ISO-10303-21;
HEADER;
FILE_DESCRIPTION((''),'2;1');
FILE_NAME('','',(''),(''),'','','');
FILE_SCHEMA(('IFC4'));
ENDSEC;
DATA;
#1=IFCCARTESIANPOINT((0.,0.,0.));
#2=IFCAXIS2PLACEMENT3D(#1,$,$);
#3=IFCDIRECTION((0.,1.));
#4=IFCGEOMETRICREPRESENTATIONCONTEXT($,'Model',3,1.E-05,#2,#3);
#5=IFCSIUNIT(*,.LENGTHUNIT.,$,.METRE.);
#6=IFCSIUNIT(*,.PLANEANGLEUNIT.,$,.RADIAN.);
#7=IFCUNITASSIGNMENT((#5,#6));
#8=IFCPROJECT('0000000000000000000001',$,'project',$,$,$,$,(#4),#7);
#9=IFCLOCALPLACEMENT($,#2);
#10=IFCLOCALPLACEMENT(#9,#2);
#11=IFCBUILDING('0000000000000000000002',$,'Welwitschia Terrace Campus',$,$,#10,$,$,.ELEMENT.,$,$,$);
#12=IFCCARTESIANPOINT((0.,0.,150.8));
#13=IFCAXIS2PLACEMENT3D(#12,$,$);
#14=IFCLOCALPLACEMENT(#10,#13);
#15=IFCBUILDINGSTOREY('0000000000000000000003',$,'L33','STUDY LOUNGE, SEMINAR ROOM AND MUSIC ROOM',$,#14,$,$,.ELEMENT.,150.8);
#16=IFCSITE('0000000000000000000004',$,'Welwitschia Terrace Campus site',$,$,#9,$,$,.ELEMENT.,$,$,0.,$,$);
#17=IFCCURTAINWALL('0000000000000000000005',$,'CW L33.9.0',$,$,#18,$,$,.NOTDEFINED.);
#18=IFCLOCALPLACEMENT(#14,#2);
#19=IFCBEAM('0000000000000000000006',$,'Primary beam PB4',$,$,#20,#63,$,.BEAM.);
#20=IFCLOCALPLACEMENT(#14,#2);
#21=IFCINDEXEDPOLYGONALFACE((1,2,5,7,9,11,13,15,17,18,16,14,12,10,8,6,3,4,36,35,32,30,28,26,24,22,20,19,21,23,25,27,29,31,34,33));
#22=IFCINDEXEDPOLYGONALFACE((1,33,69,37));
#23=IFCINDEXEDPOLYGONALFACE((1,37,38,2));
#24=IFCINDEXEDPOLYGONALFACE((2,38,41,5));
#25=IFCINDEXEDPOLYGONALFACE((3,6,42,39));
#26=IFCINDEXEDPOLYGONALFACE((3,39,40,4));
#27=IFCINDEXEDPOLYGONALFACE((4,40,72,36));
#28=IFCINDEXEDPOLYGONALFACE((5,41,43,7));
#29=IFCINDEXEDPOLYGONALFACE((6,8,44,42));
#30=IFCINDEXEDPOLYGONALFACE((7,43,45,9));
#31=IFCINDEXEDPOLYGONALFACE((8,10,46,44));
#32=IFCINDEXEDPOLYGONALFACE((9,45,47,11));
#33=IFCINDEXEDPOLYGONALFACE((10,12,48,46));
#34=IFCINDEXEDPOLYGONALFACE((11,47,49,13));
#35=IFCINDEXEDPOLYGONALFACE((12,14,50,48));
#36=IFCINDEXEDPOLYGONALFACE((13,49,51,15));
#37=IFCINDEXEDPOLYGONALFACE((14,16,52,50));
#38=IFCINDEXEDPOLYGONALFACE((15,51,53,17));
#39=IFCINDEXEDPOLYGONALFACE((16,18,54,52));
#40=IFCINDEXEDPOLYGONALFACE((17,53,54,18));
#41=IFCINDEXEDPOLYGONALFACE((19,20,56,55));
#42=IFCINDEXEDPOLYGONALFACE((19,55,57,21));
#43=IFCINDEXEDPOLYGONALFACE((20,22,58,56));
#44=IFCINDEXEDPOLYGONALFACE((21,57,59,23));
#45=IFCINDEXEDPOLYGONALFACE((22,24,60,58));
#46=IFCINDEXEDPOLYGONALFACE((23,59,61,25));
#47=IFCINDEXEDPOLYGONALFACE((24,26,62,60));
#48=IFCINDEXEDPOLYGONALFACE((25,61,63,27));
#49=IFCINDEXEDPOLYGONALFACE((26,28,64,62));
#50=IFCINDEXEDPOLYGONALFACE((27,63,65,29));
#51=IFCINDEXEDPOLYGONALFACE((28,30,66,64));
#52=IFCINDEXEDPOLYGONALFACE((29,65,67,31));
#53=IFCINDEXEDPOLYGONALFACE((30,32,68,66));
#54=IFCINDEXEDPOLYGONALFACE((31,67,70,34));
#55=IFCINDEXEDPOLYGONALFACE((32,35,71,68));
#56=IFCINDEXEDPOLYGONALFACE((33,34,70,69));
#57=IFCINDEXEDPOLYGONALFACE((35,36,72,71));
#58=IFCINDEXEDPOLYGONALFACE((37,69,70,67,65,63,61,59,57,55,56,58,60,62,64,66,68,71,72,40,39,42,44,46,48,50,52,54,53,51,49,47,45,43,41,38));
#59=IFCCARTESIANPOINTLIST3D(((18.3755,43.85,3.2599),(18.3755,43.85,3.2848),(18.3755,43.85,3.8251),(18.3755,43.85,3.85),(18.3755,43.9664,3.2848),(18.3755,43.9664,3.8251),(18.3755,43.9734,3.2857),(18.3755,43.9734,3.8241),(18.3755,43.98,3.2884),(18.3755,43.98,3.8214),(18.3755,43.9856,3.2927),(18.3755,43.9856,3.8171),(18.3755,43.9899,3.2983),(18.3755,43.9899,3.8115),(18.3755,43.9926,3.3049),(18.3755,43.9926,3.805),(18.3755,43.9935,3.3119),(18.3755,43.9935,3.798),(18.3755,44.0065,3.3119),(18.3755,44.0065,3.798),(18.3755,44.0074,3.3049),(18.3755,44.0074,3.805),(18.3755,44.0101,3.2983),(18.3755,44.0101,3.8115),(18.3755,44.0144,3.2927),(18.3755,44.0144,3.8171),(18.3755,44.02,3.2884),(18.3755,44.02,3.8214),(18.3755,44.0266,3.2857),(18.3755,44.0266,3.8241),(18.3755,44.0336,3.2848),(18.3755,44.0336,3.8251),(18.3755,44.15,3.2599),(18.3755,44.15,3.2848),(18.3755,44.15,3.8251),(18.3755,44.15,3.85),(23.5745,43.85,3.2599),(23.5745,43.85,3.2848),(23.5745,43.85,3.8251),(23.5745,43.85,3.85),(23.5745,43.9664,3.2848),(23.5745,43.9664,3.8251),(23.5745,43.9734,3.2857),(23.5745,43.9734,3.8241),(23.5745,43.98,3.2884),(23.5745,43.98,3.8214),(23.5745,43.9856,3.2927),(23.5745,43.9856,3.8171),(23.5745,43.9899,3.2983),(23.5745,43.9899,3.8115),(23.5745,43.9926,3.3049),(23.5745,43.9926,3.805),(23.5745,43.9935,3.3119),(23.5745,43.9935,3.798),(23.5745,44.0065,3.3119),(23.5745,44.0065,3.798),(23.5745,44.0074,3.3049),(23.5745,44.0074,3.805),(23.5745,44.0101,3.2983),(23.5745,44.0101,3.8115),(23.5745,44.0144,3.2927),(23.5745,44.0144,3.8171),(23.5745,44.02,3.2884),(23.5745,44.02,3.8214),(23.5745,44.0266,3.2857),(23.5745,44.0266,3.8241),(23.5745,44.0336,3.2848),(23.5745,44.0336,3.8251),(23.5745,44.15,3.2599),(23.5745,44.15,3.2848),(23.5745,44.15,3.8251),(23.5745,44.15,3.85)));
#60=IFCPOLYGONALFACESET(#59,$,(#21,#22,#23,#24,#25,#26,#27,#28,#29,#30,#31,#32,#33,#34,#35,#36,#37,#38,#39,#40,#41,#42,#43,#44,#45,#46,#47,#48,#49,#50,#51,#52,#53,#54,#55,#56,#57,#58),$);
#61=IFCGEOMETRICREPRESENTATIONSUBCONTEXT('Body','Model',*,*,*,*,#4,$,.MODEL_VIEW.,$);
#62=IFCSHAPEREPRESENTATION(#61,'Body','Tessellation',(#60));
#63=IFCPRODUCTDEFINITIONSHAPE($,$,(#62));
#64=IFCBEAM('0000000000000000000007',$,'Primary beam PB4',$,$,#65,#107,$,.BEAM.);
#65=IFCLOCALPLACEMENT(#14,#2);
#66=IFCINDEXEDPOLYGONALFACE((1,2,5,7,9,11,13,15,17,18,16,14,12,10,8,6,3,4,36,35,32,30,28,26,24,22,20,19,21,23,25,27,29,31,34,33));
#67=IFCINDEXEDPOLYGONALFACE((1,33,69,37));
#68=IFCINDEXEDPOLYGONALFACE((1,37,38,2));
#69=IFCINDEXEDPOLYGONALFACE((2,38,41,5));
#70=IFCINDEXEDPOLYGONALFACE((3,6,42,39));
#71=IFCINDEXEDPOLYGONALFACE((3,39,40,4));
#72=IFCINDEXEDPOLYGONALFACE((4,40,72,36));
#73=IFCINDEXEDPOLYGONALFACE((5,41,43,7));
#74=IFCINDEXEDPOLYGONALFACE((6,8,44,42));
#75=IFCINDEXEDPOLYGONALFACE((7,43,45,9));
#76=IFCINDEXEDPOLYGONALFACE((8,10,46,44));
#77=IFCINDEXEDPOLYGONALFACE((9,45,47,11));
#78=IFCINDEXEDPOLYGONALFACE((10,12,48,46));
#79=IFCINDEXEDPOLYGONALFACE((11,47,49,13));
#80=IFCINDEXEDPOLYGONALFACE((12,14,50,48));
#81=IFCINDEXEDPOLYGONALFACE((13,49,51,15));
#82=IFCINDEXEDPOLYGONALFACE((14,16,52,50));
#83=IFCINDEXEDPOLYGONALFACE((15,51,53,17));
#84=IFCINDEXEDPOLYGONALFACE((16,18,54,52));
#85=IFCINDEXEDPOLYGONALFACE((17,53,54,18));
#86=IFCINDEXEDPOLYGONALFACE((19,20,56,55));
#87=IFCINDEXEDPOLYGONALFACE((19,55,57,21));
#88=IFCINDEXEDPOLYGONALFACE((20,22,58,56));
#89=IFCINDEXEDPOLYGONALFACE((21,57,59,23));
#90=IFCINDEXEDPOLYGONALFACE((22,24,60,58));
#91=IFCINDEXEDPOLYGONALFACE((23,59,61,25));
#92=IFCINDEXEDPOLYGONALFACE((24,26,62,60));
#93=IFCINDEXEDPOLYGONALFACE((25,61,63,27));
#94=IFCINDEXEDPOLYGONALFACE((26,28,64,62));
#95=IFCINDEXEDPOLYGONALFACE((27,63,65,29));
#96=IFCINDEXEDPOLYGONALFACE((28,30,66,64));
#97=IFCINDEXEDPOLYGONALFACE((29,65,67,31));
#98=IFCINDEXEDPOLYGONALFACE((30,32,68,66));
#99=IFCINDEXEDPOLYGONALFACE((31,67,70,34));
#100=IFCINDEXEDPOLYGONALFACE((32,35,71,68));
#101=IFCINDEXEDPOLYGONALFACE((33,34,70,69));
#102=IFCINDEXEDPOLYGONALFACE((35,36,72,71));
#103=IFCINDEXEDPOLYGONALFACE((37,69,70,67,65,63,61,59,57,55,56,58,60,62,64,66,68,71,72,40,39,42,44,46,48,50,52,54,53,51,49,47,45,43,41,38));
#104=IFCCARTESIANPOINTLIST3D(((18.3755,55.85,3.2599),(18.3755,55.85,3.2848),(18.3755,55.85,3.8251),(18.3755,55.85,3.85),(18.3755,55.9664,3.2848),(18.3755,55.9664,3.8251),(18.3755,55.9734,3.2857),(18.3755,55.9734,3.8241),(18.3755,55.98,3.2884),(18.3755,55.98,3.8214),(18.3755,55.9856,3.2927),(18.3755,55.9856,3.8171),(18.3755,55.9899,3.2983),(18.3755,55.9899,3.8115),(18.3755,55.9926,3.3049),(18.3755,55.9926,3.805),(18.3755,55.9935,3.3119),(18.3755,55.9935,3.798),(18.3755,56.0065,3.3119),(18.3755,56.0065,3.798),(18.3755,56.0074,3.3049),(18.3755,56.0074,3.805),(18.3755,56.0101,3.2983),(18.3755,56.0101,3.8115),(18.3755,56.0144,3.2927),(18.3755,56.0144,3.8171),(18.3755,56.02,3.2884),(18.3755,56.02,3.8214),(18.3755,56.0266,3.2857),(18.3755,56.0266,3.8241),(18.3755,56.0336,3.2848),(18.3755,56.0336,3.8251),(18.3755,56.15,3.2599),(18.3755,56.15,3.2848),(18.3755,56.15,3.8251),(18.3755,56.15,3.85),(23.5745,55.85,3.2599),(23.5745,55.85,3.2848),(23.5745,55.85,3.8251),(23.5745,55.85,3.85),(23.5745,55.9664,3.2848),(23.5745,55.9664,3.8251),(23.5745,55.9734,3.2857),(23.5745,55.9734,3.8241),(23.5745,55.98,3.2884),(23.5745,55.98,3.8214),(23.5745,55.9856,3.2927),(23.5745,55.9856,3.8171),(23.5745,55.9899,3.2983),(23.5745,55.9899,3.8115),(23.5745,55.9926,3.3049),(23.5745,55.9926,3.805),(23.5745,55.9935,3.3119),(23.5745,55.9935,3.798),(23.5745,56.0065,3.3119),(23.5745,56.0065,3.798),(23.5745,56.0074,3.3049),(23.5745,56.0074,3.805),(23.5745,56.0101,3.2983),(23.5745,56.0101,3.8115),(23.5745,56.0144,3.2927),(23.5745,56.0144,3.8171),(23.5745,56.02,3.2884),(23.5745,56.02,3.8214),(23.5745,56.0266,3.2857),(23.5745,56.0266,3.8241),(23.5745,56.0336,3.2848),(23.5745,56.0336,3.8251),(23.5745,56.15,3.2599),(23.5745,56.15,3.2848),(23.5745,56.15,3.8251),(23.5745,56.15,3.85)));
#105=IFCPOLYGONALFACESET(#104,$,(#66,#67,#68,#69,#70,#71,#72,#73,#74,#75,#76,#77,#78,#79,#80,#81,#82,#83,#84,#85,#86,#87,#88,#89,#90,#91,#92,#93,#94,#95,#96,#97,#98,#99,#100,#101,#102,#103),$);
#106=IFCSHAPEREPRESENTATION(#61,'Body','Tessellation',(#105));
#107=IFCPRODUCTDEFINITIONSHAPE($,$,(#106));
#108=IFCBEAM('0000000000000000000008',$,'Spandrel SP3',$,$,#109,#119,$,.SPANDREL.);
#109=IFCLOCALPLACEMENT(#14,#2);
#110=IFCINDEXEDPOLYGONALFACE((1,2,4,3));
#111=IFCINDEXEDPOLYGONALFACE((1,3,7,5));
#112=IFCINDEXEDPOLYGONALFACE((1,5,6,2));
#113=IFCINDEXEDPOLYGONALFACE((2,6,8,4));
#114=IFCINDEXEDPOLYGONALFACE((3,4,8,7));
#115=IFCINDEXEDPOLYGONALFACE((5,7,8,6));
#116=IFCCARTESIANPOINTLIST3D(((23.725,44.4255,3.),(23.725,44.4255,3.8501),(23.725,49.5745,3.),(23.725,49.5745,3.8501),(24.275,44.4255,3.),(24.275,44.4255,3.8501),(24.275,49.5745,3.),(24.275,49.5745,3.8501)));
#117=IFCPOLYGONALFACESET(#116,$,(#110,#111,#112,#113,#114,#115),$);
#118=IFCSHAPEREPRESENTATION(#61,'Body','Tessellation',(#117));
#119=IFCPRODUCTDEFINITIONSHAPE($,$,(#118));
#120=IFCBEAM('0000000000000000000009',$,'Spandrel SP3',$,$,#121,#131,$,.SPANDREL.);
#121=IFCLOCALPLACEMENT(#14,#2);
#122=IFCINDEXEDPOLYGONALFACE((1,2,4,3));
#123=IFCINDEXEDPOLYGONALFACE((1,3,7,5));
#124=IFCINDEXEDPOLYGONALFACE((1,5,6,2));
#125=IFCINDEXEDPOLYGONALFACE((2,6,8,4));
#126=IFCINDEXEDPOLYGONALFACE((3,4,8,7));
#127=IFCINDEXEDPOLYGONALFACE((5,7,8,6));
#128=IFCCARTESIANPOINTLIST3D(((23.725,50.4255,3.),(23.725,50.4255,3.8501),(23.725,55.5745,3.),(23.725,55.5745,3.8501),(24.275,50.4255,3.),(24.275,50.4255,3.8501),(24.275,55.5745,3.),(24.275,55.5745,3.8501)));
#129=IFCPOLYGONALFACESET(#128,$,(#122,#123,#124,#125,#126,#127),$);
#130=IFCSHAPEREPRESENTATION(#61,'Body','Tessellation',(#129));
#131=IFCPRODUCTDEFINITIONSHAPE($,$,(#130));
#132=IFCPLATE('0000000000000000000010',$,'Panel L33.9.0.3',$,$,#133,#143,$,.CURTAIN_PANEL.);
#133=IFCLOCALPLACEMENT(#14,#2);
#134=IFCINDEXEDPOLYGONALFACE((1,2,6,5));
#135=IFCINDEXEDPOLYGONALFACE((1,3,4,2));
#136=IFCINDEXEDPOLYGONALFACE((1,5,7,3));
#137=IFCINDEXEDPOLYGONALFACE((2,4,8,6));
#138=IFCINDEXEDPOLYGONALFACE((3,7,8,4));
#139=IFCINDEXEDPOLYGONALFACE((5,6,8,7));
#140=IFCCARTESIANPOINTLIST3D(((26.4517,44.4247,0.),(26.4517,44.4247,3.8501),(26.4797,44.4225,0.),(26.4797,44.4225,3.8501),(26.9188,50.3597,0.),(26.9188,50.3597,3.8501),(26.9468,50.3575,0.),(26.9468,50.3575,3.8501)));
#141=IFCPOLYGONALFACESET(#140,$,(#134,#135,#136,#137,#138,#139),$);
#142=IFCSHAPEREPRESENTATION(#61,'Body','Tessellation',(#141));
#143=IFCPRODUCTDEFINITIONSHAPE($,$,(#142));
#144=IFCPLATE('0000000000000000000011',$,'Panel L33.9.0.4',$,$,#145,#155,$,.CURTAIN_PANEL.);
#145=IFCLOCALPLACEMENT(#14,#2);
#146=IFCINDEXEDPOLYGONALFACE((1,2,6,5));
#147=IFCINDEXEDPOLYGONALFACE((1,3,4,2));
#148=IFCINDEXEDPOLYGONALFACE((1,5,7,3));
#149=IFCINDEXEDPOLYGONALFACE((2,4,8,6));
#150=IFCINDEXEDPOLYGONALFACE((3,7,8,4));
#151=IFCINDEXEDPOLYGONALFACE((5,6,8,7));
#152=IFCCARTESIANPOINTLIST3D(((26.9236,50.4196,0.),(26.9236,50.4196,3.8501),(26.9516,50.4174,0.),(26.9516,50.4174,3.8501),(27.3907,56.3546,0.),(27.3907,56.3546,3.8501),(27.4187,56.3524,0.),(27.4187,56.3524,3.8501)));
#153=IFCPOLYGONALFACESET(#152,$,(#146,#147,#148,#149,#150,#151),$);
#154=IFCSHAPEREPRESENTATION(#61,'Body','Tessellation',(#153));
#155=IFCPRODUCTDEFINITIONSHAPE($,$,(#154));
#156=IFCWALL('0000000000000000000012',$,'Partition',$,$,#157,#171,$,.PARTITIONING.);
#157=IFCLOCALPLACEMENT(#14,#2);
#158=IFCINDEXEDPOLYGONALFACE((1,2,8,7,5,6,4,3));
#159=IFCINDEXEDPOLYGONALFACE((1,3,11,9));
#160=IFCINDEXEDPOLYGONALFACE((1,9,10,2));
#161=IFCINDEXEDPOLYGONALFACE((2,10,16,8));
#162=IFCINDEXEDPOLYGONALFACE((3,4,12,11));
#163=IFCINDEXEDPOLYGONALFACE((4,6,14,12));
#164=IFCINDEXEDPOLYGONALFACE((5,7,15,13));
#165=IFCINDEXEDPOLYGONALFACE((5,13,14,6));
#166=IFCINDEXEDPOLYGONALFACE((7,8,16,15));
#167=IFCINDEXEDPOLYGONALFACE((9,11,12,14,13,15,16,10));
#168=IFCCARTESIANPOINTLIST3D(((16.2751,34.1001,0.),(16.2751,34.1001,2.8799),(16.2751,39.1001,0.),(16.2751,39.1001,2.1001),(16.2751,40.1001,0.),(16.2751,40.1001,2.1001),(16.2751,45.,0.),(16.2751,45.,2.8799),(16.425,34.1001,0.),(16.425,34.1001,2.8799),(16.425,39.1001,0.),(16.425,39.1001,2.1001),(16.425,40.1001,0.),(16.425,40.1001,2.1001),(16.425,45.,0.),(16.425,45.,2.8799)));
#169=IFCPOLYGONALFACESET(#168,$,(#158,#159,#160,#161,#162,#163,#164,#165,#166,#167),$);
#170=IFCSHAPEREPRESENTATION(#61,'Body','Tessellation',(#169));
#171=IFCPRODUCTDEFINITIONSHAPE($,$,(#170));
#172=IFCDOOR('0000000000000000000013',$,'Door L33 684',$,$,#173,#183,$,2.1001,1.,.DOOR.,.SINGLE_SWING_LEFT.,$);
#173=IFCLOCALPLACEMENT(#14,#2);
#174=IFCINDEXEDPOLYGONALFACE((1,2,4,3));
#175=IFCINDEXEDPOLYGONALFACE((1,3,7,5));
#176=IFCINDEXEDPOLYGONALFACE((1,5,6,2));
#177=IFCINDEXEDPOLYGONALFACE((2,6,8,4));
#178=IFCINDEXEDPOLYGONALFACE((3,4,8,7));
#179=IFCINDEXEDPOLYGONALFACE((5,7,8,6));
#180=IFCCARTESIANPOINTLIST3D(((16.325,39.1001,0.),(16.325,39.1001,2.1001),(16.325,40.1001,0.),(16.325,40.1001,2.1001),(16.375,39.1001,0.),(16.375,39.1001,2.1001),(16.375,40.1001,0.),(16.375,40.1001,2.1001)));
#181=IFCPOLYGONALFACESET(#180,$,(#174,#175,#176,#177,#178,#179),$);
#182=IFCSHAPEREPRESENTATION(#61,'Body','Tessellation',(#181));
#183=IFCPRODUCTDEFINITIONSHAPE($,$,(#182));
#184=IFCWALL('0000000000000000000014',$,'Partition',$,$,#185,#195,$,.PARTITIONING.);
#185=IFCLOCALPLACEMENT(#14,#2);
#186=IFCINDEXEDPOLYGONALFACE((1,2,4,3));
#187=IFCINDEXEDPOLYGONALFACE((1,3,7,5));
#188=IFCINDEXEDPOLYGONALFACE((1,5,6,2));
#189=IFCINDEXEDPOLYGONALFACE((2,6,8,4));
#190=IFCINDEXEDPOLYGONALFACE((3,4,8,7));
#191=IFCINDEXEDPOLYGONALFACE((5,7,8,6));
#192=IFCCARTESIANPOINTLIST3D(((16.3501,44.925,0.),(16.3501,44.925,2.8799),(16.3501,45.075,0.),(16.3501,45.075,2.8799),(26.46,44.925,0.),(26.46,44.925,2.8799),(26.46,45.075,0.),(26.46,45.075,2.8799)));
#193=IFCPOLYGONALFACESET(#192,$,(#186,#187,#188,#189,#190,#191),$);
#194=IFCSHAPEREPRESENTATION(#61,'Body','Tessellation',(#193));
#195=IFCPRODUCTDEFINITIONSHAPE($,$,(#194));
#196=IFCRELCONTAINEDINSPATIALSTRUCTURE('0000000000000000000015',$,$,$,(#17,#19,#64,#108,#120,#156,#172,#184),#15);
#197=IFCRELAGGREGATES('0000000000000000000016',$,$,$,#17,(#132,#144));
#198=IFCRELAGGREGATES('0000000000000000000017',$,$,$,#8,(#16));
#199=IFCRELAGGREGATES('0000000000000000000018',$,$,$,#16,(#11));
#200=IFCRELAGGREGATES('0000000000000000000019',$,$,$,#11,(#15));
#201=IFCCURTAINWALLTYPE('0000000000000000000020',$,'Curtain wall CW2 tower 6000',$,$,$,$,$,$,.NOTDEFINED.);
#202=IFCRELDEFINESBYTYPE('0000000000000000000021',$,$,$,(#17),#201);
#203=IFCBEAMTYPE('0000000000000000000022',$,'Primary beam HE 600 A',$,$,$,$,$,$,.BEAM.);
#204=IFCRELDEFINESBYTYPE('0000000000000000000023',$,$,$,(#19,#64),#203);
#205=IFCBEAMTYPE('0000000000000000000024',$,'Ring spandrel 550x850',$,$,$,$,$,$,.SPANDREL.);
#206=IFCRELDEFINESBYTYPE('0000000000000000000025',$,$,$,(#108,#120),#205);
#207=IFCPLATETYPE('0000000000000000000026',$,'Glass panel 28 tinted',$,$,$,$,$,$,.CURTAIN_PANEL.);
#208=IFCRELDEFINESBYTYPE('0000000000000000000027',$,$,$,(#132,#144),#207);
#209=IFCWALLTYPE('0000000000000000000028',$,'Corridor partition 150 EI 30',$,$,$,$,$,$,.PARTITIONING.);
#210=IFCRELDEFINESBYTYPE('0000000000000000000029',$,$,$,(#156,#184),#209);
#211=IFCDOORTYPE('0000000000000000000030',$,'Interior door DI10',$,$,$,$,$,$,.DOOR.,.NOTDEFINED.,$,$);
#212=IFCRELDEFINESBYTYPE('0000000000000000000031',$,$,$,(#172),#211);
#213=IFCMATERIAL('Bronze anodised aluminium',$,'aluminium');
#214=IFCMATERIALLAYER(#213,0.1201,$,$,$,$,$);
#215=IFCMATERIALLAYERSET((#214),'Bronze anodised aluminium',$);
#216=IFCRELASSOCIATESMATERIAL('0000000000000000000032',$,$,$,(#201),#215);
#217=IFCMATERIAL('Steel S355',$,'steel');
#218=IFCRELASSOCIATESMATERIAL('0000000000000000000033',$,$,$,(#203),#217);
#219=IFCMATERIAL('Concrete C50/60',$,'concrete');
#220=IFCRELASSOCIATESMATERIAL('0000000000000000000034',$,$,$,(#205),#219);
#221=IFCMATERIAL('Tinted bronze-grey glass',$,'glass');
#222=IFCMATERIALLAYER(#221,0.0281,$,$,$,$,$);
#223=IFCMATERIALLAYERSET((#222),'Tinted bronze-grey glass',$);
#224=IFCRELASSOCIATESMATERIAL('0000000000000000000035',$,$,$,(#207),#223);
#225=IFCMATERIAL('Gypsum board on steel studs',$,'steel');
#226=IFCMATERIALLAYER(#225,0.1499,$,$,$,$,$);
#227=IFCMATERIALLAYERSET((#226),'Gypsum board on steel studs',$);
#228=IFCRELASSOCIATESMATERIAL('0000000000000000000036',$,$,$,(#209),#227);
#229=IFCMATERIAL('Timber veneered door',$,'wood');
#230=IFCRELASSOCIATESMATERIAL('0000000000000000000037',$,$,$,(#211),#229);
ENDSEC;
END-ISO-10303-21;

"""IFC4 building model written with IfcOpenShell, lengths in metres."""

from ifc_helpers import new_model, si_unit, direction, frame, frame_2d, origin, origin_2d, place, context, subcontext, project, spatial, rectangle, i_section, extrude, material, layer, layer_set, material_profile, profile_set, type_object, element, fill, aggregate, save


model = new_model("IFC4")

# Units and contexts
model_context = context("Model", 3, precision=1e-05, world=origin(), true_north=direction((0.0, 1.0)))
body_context = subcontext(model_context, "Body", "Model", "MODEL_VIEW")
ifc_project = project(units=[si_unit("LENGTHUNIT", "METRE"), si_unit("PLANEANGLEUNIT", "RADIAN")], contexts=[model_context])

# Site, building, storey
site_placement = place(None, origin())
site = spatial("IfcSite", under=ifc_project, at=site_placement, Name="Welwitschia Terrace Campus site", CompositionType="ELEMENT", RefElevation=0.0)
building_placement = place(site_placement, origin())
building = spatial("IfcBuilding", under=site, at=building_placement, Name="Welwitschia Terrace Campus", CompositionType="ELEMENT")
storey_placement = place(building_placement, frame((0.0, 0.0, 150.8)))
storey = spatial("IfcBuildingStorey", under=building, at=storey_placement, Name="L33", Description="STUDY LOUNGE, SEMINAR ROOM AND MUSIC ROOM", CompositionType="ELEMENT", Elevation=150.8)

# Curtain wall
ifc_material_1 = material(Name="Bronze anodised aluminium", Category="aluminium")
ifc_layer_1 = layer(ifc_material_1, 0.1201)
ifc_layer_set_1 = layer_set([ifc_layer_1], Name="Bronze anodised aluminium")
curtain_wall_type = type_object("IfcCurtainWallType", Name="Curtain wall CW2 tower 6000", PredefinedType="NOTDEFINED", material=ifc_layer_set_1)
curtain_wall_placement = place(storey_placement, origin())
curtain_wall = element("IfcCurtainWall", 1, at=curtain_wall_placement, inside=storey, type_object=curtain_wall_type, Name="CW L33.9.0", PredefinedType="NOTDEFINED")

# Beams
ifc_material_2 = material(Name="Steel S355", Category="steel")
ifc_material_profile_1 = material_profile(ifc_material_2, i_section(OverallWidth=0.3, OverallDepth=0.5901, WebThickness=0.0129, FlangeThickness=0.0249, FilletRadius=0.0271, at=origin_2d()))
ifc_profile_set_1 = profile_set([ifc_material_profile_1], Name="Steel S355")
beam_type_1 = type_object("IfcBeamType", Name="Primary beam HE 600 A", PredefinedType="BEAM", material=ifc_profile_set_1)
for number, where, z_axis, x_axis, name in (
    (2, (23.5745, 44.0, 3.5549), (-1.0, 0.0, 0.0), (0.0, -1.0, 0.0), "Primary beam PB4"),
    (3, (23.5745, 56.0, 3.5549), (-1.0, 0.0, 0.0), (0.0, -1.0, 0.0), "Primary beam PB4"),
):
    element("IfcBeam", number, at=place(storey_placement, frame(where, z_axis=z_axis, x_axis=x_axis)), inside=storey, type_object=beam_type_1, Name=name, PredefinedType="BEAM", context=body_context, shape_type="SweptSolid", body=[
        extrude(i_section(OverallWidth=0.3, OverallDepth=0.5901, WebThickness=0.0129, FlangeThickness=0.0249, FilletRadius=0.0271, at=origin_2d()), origin(), (0.0, 0.0, 1.0), 5.199),
    ])
ifc_material_3 = material(Name="Concrete C50/60", Category="concrete")
ifc_material_profile_2 = material_profile(ifc_material_3, rectangle(XDim=0.55, YDim=0.8501, at=origin_2d()))
ifc_profile_set_2 = profile_set([ifc_material_profile_2], Name="Concrete C50/60")
beam_type_2 = type_object("IfcBeamType", Name="Ring spandrel 550x850", PredefinedType="SPANDREL", material=ifc_profile_set_2)
for number, where, z_axis, x_axis, name in (
    (4, (24.0, 44.4255, 3.425), (0.0, 1.0, 0.0), (-1.0, 0.0, 0.0), "Spandrel SP3"),
    (5, (24.0, 50.4255, 3.425), (0.0, 1.0, 0.0), (-1.0, 0.0, 0.0), "Spandrel SP3"),
):
    element("IfcBeam", number, at=place(storey_placement, frame(where, z_axis=z_axis, x_axis=x_axis)), inside=storey, type_object=beam_type_2, Name=name, PredefinedType="SPANDREL", context=body_context, shape_type="SweptSolid", body=[
        extrude(rectangle(XDim=0.55, YDim=0.8501, at=origin_2d()), origin(), (0.0, 0.0, 1.0), 5.1489),
    ])

# Plates
ifc_material_4 = material(Name="Tinted bronze-grey glass", Category="glass")
ifc_layer_2 = layer(ifc_material_4, 0.0281)
ifc_layer_set_2 = layer_set([ifc_layer_2], Name="Tinted bronze-grey glass")
plate_type = type_object("IfcPlateType", Name="Glass panel 28 tinted", PredefinedType="CURTAIN_PANEL", material=ifc_layer_set_2)
plate_1_placement = place(storey_placement, frame((26.6992, 47.3911, 0.0), z_axis=(0.0, 0.0, 1.0), x_axis=(0.078459, 0.996917, 0.0)))
plate_1 = element("IfcPlate", 6, at=plate_1_placement, type_object=plate_type, Name="Panel L33.9.0.3", PredefinedType="CURTAIN_PANEL", context=body_context, shape_type="SweptSolid", body=[
    extrude(rectangle(XDim=5.9534, YDim=0.0281, at=origin_2d()), origin(), (0.0, 0.0, 1.0), 3.8501),
])
plate_2_placement = place(storey_placement, frame((27.1711, 53.386, 0.0), z_axis=(0.0, 0.0, 1.0), x_axis=(0.078459, 0.996917, 0.0)))
plate_2 = element("IfcPlate", 7, at=plate_2_placement, type_object=plate_type, Name="Panel L33.9.0.4", PredefinedType="CURTAIN_PANEL", context=body_context, shape_type="SweptSolid", body=[
    extrude(rectangle(XDim=5.9534, YDim=0.0281, at=origin_2d()), origin(), (0.0, 0.0, 1.0), 3.8501),
])
aggregate(curtain_wall, [plate_1, plate_2])

# Wall, opening, door
ifc_material_5 = material(Name="Gypsum board on steel studs", Category="steel")
ifc_layer_3 = layer(ifc_material_5, 0.1499)
ifc_layer_set_3 = layer_set([ifc_layer_3], Name="Gypsum board on steel studs")
wall_type = type_object("IfcWallType", Name="Corridor partition 150 EI 30", PredefinedType="PARTITIONING", material=ifc_layer_set_3)
wall_1_placement = place(storey_placement, frame((16.3501, 45.0, 0.0), z_axis=(0.0, 0.0, 1.0), x_axis=(0.0, -1.0, 0.0)))
wall_1 = element("IfcWall", 8, at=wall_1_placement, inside=storey, type_object=wall_type, Name="Partition", PredefinedType="PARTITIONING", context=body_context, shape_type="SweptSolid", body=[
    extrude(rectangle(XDim=10.8999, YDim=0.1499, at=frame_2d((5.45, 0.0))), origin(), (0.0, 0.0, 1.0), 2.8799),
])
opening_1_placement = place(wall_1_placement, frame((4.8999, 0.0, 0.0)))
opening_1 = element("IfcOpeningElement", 9, at=opening_1_placement, cuts=wall_1, PredefinedType="OPENING", context=body_context, shape_type="SweptSolid", body=[
    extrude(rectangle(XDim=1.0, YDim=2.1001, at=frame_2d((0.5, 1.05))), frame((0.0, 0.085, 0.0), z_axis=(0.0, -1.0, 0.0), x_axis=(1.0, 0.0, 0.0)), (0.0, 0.0, 1.0), 0.1699),
])
ifc_material_6 = material(Name="Timber veneered door", Category="wood")
door_type = type_object("IfcDoorType", Name="Interior door DI10", OperationType="NOTDEFINED", PredefinedType="DOOR", material=ifc_material_6)
door_1_placement = place(opening_1_placement, origin())
door_1 = element("IfcDoor", 10, at=door_1_placement, inside=storey, type_object=door_type, Name="Door L33 684", OperationType="SINGLE_SWING_LEFT", OverallHeight=2.1001, OverallWidth=1.0, PredefinedType="DOOR", context=body_context, shape_type="SweptSolid", body=[
    extrude(rectangle(XDim=1.0, YDim=2.1001, at=frame_2d((0.5, 1.05))), frame((0.0, 0.0249, 0.0), z_axis=(0.0, -1.0, 0.0), x_axis=(1.0, 0.0, 0.0)), (0.0, 0.0, 1.0), 0.05),
])
fill(opening_1, door_1)

# Wall
wall_2_placement = place(storey_placement, frame((16.3501, 45.0, 0.0), z_axis=(0.0, 0.0, 1.0), x_axis=(1.0, 0.0, 0.0)))
element("IfcWall", 11, at=wall_2_placement, inside=storey, type_object=wall_type, Name="Partition", PredefinedType="PARTITIONING", context=body_context, shape_type="SweptSolid", body=[
    extrude(rectangle(XDim=10.1099, YDim=0.1499, at=frame_2d((5.0549, 0.0))), origin(), (0.0, 0.0, 1.0), 2.8799),
])

save(model, "model.ifc")
